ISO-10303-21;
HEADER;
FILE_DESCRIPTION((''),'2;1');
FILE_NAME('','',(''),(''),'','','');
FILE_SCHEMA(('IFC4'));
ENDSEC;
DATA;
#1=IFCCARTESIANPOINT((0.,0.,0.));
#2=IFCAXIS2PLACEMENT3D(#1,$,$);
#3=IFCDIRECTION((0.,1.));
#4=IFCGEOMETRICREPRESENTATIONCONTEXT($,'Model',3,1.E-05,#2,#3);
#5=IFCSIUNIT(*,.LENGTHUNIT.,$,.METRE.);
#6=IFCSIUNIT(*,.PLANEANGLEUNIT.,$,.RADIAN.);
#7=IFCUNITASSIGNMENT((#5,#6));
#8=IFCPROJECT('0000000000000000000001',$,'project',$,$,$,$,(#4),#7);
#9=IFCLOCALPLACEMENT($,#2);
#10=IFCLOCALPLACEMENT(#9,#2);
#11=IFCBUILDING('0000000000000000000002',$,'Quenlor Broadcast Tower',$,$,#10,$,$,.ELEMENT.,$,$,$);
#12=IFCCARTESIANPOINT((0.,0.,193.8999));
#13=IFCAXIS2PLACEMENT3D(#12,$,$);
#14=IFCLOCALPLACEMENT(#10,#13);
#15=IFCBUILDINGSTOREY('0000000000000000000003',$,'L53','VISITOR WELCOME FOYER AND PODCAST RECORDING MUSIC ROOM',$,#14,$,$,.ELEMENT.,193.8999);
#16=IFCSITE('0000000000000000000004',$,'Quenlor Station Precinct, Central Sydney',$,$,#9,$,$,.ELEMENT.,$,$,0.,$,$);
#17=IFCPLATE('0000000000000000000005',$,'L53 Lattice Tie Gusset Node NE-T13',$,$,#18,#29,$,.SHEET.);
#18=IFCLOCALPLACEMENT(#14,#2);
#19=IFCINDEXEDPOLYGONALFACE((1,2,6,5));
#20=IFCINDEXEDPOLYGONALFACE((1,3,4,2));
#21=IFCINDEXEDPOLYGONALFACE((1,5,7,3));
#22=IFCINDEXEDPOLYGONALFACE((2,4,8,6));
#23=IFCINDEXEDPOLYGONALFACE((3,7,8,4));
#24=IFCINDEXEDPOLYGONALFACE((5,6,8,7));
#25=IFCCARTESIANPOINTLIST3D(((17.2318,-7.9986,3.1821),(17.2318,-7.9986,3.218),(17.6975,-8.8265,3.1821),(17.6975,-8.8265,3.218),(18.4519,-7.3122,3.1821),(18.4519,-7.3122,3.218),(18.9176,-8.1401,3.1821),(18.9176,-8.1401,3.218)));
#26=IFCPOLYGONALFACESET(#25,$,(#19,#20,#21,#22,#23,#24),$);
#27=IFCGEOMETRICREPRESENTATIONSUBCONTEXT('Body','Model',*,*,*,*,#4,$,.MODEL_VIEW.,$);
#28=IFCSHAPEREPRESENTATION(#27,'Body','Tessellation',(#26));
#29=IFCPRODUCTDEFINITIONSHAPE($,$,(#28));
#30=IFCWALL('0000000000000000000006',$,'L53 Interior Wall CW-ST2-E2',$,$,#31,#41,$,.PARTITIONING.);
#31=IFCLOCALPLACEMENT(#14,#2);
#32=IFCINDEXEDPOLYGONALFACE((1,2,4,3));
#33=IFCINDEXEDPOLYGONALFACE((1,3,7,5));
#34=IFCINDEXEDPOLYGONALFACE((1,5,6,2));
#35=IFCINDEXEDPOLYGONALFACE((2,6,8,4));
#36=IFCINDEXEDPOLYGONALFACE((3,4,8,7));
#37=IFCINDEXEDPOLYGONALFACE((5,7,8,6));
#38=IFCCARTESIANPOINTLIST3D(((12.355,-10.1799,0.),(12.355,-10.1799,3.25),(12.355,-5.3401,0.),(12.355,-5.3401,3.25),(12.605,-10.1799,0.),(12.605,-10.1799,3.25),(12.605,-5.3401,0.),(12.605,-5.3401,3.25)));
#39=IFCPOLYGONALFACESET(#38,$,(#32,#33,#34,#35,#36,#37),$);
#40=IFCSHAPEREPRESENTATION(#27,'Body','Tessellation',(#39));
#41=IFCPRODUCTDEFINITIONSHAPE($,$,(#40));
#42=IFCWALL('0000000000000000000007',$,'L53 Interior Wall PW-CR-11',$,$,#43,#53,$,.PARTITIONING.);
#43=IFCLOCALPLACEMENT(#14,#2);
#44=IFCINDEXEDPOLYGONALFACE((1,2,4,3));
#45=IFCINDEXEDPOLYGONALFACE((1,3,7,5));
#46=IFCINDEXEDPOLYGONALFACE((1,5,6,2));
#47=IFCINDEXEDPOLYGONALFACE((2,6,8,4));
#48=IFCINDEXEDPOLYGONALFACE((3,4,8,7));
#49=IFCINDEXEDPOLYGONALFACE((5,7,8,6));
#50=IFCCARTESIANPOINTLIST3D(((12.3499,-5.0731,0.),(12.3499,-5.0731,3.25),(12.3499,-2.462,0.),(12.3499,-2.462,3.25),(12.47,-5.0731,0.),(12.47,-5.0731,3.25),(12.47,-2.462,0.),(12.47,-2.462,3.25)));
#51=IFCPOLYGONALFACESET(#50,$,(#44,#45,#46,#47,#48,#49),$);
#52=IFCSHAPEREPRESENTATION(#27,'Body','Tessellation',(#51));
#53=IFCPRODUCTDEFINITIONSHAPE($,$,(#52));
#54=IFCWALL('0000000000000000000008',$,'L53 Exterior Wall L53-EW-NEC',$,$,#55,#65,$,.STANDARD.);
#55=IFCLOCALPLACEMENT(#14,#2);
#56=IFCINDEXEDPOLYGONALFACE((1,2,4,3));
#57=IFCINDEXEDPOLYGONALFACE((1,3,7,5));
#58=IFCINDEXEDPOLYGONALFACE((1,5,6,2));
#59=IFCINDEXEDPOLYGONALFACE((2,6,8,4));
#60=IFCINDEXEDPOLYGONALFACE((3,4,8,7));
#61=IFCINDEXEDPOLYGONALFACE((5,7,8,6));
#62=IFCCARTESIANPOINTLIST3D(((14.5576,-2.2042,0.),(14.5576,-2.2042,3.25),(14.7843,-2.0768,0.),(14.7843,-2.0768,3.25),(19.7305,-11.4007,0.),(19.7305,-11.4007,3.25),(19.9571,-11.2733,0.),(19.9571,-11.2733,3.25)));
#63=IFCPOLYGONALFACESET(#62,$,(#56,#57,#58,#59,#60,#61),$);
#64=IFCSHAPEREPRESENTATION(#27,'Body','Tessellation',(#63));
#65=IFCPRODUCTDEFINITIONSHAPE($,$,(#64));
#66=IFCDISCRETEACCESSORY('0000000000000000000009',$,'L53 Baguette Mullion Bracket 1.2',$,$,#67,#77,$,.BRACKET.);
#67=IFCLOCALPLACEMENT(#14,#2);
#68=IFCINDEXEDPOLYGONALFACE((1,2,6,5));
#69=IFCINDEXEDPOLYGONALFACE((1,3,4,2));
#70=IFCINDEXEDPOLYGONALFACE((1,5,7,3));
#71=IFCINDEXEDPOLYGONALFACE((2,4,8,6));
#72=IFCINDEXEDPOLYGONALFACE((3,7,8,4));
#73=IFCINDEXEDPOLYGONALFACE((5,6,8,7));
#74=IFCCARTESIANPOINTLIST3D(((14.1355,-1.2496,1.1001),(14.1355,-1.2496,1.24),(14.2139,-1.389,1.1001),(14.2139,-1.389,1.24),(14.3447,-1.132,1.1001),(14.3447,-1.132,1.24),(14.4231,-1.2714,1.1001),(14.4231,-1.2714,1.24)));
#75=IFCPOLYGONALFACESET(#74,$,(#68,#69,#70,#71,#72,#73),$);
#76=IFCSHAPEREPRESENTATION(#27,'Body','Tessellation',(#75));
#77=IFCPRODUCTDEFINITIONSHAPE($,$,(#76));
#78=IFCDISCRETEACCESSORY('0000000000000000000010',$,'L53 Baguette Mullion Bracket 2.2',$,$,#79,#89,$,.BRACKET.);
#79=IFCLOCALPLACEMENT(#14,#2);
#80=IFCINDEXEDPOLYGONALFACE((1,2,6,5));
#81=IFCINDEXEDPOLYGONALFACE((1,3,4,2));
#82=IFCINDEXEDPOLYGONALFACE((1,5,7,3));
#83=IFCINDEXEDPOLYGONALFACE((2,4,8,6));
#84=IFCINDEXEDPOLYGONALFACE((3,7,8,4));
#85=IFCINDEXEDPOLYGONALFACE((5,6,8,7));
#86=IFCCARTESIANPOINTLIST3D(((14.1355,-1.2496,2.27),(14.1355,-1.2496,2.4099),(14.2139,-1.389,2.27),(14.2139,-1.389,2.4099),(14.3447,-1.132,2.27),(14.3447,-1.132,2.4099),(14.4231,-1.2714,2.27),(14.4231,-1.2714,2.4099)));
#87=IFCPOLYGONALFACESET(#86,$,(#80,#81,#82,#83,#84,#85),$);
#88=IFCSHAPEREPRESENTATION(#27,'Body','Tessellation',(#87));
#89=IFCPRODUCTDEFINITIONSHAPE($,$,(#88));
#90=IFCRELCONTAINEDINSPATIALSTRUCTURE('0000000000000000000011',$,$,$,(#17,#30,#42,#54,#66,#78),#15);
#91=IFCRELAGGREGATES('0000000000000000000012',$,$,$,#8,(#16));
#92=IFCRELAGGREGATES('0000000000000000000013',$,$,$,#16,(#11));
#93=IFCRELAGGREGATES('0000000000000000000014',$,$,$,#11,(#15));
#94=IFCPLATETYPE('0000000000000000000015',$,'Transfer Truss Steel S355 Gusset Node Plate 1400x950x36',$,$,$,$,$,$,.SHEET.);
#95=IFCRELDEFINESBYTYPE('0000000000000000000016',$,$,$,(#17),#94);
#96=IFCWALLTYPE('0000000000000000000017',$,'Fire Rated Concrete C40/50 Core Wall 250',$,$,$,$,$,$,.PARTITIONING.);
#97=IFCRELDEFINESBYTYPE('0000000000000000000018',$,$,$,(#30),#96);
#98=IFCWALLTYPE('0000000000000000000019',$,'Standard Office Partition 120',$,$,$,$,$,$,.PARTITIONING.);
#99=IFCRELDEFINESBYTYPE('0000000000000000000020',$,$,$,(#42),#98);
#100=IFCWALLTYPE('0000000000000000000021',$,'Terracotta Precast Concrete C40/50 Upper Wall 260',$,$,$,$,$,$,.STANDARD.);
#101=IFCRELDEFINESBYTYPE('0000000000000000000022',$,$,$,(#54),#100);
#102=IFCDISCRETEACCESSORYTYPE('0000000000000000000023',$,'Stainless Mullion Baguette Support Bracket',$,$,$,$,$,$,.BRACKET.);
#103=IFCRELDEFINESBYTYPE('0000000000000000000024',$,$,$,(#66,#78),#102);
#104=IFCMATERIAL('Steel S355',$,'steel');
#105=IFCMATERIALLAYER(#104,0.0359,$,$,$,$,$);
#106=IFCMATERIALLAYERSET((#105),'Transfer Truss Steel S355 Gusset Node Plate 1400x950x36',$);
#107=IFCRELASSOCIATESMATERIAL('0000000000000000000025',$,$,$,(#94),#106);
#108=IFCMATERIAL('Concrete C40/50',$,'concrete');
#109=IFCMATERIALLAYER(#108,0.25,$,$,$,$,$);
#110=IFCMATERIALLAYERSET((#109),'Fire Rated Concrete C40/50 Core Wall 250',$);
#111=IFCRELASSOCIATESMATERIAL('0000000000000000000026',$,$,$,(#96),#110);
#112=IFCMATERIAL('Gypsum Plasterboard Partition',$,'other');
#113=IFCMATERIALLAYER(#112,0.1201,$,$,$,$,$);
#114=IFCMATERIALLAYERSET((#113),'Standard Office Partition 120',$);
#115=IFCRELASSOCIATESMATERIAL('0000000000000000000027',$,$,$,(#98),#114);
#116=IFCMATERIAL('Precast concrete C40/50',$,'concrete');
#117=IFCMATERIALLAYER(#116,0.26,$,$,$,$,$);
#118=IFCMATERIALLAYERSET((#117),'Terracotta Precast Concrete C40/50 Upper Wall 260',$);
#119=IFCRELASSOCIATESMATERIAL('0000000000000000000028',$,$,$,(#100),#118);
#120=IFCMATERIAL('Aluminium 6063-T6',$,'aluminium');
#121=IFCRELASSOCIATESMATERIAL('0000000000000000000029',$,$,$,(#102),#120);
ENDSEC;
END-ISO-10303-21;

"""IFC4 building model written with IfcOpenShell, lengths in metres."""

from ifc_helpers import new_model, si_unit, direction, frame, frame_2d, origin, origin_2d, place, context, subcontext, project, spatial, rectangle, extrude, material, layer, layer_set, type_object, element, save


model = new_model("IFC4")

# Units and contexts
model_context = context("Model", 3, precision=1e-05, world=origin(), true_north=direction((0.0, 1.0)))
body_context = subcontext(model_context, "Body", "Model", "MODEL_VIEW")
ifc_project = project(units=[si_unit("LENGTHUNIT", "METRE"), si_unit("PLANEANGLEUNIT", "RADIAN")], contexts=[model_context])

# Site, building, storey
site_placement = place(None, origin())
site = spatial("IfcSite", under=ifc_project, at=site_placement, Name="Quenlor Station Precinct, Central Sydney", CompositionType="ELEMENT", RefElevation=0.0)
building_placement = place(site_placement, origin())
building = spatial("IfcBuilding", under=site, at=building_placement, Name="Quenlor Broadcast Tower", CompositionType="ELEMENT")
storey_placement = place(building_placement, frame((0.0, 0.0, 193.8999)))
storey = spatial("IfcBuildingStorey", under=building, at=storey_placement, Name="L53", Description="VISITOR WELCOME FOYER AND PODCAST RECORDING MUSIC ROOM", CompositionType="ELEMENT", Elevation=193.8999)

# Plate
ifc_material_1 = material(Name="Steel S355", Category="steel")
ifc_layer_1 = layer(ifc_material_1, 0.0359)
ifc_layer_set_1 = layer_set([ifc_layer_1], Name="Transfer Truss Steel S355 Gusset Node Plate 1400x950x36")
plate_type_1 = type_object("IfcPlateType", Name="Transfer Truss Steel S355 Gusset Node Plate 1400x950x36", PredefinedType="SHEET", material=ifc_layer_set_1)
for number, where, z_axis, x_axis, name in (
    (1, (18.0747, -8.0693, 3.1821), (0.0, 0.0, 1.0), (0.871556, 0.490295, 0.0), "L53 Lattice Tie Gusset Node NE-T13"),
):
    element("IfcPlate", number, at=place(storey_placement, frame(where, z_axis=z_axis, x_axis=x_axis)), inside=storey, type_object=plate_type_1, Name=name, PredefinedType="SHEET", context=body_context, shape_type="SweptSolid", body=[
        extrude(rectangle(XDim=1.3999, YDim=0.95, at=origin_2d()), origin(), (0.0, 0.0, 1.0), 0.0359),
    ])

# Walls
ifc_material_2 = material(Name="Concrete C40/50", Category="concrete")
ifc_layer_2 = layer(ifc_material_2, 0.25)
ifc_layer_set_2 = layer_set([ifc_layer_2], Name="Fire Rated Concrete C40/50 Core Wall 250")
wall_type_1 = type_object("IfcWallType", Name="Fire Rated Concrete C40/50 Core Wall 250", PredefinedType="PARTITIONING", material=ifc_layer_set_2)
wall_1_placement = place(storey_placement, frame((12.48, -10.1799, 0.0), z_axis=(0.0, 0.0, 1.0), x_axis=(0.0, 1.0, 0.0)))
element("IfcWall", 2, at=wall_1_placement, inside=storey, type_object=wall_type_1, Name="L53 Interior Wall CW-ST2-E2", PredefinedType="PARTITIONING", context=body_context, shape_type="SweptSolid", body=[
    extrude(rectangle(XDim=4.8398, YDim=0.25, at=frame_2d((2.4199, 0.0))), origin(), (0.0, 0.0, 1.0), 3.25),
])
ifc_material_3 = material(Name="Gypsum Plasterboard Partition", Category="other")
ifc_layer_3 = layer(ifc_material_3, 0.1201)
ifc_layer_set_3 = layer_set([ifc_layer_3], Name="Standard Office Partition 120")
wall_type_2 = type_object("IfcWallType", Name="Standard Office Partition 120", PredefinedType="PARTITIONING", material=ifc_layer_set_3)
wall_2_placement = place(storey_placement, frame((12.4099, -2.4619, 0.0), z_axis=(0.0, 0.0, 1.0), x_axis=(0.0, -1.0, 0.0)))
element("IfcWall", 3, at=wall_2_placement, inside=storey, type_object=wall_type_2, Name="L53 Interior Wall PW-CR-11", PredefinedType="PARTITIONING", context=body_context, shape_type="SweptSolid", body=[
    extrude(rectangle(XDim=2.6111, YDim=0.1201, at=frame_2d((1.3057, 0.0))), origin(), (0.0, 0.0, 1.0), 3.25),
])
ifc_material_4 = material(Name="Precast concrete C40/50", Category="concrete")
ifc_layer_4 = layer(ifc_material_4, 0.26)
ifc_layer_set_4 = layer_set([ifc_layer_4], Name="Terracotta Precast Concrete C40/50 Upper Wall 260")
wall_type_3 = type_object("IfcWallType", Name="Terracotta Precast Concrete C40/50 Upper Wall 260", PredefinedType="STANDARD", material=ifc_layer_set_4)
wall_3_placement = place(storey_placement, frame((14.6709, -2.1404, 0.0), z_axis=(0.0, 0.0, 1.0), x_axis=(0.490247, -0.871584, 0.0)))
element("IfcWall", 4, at=wall_3_placement, inside=storey, type_object=wall_type_3, Name="L53 Exterior Wall L53-EW-NEC", PredefinedType="STANDARD", context=body_context, shape_type="SweptSolid", body=[
    extrude(rectangle(XDim=10.5515, YDim=0.26, at=frame_2d((5.2759, 0.0))), origin(), (0.0, 0.0, 1.0), 3.25),
])

# Discrete accessories
ifc_material_5 = material(Name="Aluminium 6063-T6", Category="aluminium")
discrete_accessory_type = type_object("IfcDiscreteAccessoryType", Name="Stainless Mullion Baguette Support Bracket", PredefinedType="BRACKET", material=ifc_material_5)
for number, where, z_axis, x_axis, name in (
    (5, (14.2793, -1.2605, 1.1001), (0.0, 0.0, 1.0), (0.490257, -0.871578, 0.0), "L53 Baguette Mullion Bracket 1.2"),
    (6, (14.2793, -1.2605, 2.27), (0.0, 0.0, 1.0), (0.490257, -0.871578, 0.0), "L53 Baguette Mullion Bracket 2.2"),
):
    element("IfcDiscreteAccessory", number, at=place(storey_placement, frame(where, z_axis=z_axis, x_axis=x_axis)), inside=storey, type_object=discrete_accessory_type, Name=name, PredefinedType="BRACKET", context=body_context, shape_type="SweptSolid", body=[
        extrude(rectangle(XDim=0.1599, YDim=0.24, at=origin_2d()), origin(), (0.0, 0.0, 1.0), 0.1399),
    ])

save(model, "model.ifc")
